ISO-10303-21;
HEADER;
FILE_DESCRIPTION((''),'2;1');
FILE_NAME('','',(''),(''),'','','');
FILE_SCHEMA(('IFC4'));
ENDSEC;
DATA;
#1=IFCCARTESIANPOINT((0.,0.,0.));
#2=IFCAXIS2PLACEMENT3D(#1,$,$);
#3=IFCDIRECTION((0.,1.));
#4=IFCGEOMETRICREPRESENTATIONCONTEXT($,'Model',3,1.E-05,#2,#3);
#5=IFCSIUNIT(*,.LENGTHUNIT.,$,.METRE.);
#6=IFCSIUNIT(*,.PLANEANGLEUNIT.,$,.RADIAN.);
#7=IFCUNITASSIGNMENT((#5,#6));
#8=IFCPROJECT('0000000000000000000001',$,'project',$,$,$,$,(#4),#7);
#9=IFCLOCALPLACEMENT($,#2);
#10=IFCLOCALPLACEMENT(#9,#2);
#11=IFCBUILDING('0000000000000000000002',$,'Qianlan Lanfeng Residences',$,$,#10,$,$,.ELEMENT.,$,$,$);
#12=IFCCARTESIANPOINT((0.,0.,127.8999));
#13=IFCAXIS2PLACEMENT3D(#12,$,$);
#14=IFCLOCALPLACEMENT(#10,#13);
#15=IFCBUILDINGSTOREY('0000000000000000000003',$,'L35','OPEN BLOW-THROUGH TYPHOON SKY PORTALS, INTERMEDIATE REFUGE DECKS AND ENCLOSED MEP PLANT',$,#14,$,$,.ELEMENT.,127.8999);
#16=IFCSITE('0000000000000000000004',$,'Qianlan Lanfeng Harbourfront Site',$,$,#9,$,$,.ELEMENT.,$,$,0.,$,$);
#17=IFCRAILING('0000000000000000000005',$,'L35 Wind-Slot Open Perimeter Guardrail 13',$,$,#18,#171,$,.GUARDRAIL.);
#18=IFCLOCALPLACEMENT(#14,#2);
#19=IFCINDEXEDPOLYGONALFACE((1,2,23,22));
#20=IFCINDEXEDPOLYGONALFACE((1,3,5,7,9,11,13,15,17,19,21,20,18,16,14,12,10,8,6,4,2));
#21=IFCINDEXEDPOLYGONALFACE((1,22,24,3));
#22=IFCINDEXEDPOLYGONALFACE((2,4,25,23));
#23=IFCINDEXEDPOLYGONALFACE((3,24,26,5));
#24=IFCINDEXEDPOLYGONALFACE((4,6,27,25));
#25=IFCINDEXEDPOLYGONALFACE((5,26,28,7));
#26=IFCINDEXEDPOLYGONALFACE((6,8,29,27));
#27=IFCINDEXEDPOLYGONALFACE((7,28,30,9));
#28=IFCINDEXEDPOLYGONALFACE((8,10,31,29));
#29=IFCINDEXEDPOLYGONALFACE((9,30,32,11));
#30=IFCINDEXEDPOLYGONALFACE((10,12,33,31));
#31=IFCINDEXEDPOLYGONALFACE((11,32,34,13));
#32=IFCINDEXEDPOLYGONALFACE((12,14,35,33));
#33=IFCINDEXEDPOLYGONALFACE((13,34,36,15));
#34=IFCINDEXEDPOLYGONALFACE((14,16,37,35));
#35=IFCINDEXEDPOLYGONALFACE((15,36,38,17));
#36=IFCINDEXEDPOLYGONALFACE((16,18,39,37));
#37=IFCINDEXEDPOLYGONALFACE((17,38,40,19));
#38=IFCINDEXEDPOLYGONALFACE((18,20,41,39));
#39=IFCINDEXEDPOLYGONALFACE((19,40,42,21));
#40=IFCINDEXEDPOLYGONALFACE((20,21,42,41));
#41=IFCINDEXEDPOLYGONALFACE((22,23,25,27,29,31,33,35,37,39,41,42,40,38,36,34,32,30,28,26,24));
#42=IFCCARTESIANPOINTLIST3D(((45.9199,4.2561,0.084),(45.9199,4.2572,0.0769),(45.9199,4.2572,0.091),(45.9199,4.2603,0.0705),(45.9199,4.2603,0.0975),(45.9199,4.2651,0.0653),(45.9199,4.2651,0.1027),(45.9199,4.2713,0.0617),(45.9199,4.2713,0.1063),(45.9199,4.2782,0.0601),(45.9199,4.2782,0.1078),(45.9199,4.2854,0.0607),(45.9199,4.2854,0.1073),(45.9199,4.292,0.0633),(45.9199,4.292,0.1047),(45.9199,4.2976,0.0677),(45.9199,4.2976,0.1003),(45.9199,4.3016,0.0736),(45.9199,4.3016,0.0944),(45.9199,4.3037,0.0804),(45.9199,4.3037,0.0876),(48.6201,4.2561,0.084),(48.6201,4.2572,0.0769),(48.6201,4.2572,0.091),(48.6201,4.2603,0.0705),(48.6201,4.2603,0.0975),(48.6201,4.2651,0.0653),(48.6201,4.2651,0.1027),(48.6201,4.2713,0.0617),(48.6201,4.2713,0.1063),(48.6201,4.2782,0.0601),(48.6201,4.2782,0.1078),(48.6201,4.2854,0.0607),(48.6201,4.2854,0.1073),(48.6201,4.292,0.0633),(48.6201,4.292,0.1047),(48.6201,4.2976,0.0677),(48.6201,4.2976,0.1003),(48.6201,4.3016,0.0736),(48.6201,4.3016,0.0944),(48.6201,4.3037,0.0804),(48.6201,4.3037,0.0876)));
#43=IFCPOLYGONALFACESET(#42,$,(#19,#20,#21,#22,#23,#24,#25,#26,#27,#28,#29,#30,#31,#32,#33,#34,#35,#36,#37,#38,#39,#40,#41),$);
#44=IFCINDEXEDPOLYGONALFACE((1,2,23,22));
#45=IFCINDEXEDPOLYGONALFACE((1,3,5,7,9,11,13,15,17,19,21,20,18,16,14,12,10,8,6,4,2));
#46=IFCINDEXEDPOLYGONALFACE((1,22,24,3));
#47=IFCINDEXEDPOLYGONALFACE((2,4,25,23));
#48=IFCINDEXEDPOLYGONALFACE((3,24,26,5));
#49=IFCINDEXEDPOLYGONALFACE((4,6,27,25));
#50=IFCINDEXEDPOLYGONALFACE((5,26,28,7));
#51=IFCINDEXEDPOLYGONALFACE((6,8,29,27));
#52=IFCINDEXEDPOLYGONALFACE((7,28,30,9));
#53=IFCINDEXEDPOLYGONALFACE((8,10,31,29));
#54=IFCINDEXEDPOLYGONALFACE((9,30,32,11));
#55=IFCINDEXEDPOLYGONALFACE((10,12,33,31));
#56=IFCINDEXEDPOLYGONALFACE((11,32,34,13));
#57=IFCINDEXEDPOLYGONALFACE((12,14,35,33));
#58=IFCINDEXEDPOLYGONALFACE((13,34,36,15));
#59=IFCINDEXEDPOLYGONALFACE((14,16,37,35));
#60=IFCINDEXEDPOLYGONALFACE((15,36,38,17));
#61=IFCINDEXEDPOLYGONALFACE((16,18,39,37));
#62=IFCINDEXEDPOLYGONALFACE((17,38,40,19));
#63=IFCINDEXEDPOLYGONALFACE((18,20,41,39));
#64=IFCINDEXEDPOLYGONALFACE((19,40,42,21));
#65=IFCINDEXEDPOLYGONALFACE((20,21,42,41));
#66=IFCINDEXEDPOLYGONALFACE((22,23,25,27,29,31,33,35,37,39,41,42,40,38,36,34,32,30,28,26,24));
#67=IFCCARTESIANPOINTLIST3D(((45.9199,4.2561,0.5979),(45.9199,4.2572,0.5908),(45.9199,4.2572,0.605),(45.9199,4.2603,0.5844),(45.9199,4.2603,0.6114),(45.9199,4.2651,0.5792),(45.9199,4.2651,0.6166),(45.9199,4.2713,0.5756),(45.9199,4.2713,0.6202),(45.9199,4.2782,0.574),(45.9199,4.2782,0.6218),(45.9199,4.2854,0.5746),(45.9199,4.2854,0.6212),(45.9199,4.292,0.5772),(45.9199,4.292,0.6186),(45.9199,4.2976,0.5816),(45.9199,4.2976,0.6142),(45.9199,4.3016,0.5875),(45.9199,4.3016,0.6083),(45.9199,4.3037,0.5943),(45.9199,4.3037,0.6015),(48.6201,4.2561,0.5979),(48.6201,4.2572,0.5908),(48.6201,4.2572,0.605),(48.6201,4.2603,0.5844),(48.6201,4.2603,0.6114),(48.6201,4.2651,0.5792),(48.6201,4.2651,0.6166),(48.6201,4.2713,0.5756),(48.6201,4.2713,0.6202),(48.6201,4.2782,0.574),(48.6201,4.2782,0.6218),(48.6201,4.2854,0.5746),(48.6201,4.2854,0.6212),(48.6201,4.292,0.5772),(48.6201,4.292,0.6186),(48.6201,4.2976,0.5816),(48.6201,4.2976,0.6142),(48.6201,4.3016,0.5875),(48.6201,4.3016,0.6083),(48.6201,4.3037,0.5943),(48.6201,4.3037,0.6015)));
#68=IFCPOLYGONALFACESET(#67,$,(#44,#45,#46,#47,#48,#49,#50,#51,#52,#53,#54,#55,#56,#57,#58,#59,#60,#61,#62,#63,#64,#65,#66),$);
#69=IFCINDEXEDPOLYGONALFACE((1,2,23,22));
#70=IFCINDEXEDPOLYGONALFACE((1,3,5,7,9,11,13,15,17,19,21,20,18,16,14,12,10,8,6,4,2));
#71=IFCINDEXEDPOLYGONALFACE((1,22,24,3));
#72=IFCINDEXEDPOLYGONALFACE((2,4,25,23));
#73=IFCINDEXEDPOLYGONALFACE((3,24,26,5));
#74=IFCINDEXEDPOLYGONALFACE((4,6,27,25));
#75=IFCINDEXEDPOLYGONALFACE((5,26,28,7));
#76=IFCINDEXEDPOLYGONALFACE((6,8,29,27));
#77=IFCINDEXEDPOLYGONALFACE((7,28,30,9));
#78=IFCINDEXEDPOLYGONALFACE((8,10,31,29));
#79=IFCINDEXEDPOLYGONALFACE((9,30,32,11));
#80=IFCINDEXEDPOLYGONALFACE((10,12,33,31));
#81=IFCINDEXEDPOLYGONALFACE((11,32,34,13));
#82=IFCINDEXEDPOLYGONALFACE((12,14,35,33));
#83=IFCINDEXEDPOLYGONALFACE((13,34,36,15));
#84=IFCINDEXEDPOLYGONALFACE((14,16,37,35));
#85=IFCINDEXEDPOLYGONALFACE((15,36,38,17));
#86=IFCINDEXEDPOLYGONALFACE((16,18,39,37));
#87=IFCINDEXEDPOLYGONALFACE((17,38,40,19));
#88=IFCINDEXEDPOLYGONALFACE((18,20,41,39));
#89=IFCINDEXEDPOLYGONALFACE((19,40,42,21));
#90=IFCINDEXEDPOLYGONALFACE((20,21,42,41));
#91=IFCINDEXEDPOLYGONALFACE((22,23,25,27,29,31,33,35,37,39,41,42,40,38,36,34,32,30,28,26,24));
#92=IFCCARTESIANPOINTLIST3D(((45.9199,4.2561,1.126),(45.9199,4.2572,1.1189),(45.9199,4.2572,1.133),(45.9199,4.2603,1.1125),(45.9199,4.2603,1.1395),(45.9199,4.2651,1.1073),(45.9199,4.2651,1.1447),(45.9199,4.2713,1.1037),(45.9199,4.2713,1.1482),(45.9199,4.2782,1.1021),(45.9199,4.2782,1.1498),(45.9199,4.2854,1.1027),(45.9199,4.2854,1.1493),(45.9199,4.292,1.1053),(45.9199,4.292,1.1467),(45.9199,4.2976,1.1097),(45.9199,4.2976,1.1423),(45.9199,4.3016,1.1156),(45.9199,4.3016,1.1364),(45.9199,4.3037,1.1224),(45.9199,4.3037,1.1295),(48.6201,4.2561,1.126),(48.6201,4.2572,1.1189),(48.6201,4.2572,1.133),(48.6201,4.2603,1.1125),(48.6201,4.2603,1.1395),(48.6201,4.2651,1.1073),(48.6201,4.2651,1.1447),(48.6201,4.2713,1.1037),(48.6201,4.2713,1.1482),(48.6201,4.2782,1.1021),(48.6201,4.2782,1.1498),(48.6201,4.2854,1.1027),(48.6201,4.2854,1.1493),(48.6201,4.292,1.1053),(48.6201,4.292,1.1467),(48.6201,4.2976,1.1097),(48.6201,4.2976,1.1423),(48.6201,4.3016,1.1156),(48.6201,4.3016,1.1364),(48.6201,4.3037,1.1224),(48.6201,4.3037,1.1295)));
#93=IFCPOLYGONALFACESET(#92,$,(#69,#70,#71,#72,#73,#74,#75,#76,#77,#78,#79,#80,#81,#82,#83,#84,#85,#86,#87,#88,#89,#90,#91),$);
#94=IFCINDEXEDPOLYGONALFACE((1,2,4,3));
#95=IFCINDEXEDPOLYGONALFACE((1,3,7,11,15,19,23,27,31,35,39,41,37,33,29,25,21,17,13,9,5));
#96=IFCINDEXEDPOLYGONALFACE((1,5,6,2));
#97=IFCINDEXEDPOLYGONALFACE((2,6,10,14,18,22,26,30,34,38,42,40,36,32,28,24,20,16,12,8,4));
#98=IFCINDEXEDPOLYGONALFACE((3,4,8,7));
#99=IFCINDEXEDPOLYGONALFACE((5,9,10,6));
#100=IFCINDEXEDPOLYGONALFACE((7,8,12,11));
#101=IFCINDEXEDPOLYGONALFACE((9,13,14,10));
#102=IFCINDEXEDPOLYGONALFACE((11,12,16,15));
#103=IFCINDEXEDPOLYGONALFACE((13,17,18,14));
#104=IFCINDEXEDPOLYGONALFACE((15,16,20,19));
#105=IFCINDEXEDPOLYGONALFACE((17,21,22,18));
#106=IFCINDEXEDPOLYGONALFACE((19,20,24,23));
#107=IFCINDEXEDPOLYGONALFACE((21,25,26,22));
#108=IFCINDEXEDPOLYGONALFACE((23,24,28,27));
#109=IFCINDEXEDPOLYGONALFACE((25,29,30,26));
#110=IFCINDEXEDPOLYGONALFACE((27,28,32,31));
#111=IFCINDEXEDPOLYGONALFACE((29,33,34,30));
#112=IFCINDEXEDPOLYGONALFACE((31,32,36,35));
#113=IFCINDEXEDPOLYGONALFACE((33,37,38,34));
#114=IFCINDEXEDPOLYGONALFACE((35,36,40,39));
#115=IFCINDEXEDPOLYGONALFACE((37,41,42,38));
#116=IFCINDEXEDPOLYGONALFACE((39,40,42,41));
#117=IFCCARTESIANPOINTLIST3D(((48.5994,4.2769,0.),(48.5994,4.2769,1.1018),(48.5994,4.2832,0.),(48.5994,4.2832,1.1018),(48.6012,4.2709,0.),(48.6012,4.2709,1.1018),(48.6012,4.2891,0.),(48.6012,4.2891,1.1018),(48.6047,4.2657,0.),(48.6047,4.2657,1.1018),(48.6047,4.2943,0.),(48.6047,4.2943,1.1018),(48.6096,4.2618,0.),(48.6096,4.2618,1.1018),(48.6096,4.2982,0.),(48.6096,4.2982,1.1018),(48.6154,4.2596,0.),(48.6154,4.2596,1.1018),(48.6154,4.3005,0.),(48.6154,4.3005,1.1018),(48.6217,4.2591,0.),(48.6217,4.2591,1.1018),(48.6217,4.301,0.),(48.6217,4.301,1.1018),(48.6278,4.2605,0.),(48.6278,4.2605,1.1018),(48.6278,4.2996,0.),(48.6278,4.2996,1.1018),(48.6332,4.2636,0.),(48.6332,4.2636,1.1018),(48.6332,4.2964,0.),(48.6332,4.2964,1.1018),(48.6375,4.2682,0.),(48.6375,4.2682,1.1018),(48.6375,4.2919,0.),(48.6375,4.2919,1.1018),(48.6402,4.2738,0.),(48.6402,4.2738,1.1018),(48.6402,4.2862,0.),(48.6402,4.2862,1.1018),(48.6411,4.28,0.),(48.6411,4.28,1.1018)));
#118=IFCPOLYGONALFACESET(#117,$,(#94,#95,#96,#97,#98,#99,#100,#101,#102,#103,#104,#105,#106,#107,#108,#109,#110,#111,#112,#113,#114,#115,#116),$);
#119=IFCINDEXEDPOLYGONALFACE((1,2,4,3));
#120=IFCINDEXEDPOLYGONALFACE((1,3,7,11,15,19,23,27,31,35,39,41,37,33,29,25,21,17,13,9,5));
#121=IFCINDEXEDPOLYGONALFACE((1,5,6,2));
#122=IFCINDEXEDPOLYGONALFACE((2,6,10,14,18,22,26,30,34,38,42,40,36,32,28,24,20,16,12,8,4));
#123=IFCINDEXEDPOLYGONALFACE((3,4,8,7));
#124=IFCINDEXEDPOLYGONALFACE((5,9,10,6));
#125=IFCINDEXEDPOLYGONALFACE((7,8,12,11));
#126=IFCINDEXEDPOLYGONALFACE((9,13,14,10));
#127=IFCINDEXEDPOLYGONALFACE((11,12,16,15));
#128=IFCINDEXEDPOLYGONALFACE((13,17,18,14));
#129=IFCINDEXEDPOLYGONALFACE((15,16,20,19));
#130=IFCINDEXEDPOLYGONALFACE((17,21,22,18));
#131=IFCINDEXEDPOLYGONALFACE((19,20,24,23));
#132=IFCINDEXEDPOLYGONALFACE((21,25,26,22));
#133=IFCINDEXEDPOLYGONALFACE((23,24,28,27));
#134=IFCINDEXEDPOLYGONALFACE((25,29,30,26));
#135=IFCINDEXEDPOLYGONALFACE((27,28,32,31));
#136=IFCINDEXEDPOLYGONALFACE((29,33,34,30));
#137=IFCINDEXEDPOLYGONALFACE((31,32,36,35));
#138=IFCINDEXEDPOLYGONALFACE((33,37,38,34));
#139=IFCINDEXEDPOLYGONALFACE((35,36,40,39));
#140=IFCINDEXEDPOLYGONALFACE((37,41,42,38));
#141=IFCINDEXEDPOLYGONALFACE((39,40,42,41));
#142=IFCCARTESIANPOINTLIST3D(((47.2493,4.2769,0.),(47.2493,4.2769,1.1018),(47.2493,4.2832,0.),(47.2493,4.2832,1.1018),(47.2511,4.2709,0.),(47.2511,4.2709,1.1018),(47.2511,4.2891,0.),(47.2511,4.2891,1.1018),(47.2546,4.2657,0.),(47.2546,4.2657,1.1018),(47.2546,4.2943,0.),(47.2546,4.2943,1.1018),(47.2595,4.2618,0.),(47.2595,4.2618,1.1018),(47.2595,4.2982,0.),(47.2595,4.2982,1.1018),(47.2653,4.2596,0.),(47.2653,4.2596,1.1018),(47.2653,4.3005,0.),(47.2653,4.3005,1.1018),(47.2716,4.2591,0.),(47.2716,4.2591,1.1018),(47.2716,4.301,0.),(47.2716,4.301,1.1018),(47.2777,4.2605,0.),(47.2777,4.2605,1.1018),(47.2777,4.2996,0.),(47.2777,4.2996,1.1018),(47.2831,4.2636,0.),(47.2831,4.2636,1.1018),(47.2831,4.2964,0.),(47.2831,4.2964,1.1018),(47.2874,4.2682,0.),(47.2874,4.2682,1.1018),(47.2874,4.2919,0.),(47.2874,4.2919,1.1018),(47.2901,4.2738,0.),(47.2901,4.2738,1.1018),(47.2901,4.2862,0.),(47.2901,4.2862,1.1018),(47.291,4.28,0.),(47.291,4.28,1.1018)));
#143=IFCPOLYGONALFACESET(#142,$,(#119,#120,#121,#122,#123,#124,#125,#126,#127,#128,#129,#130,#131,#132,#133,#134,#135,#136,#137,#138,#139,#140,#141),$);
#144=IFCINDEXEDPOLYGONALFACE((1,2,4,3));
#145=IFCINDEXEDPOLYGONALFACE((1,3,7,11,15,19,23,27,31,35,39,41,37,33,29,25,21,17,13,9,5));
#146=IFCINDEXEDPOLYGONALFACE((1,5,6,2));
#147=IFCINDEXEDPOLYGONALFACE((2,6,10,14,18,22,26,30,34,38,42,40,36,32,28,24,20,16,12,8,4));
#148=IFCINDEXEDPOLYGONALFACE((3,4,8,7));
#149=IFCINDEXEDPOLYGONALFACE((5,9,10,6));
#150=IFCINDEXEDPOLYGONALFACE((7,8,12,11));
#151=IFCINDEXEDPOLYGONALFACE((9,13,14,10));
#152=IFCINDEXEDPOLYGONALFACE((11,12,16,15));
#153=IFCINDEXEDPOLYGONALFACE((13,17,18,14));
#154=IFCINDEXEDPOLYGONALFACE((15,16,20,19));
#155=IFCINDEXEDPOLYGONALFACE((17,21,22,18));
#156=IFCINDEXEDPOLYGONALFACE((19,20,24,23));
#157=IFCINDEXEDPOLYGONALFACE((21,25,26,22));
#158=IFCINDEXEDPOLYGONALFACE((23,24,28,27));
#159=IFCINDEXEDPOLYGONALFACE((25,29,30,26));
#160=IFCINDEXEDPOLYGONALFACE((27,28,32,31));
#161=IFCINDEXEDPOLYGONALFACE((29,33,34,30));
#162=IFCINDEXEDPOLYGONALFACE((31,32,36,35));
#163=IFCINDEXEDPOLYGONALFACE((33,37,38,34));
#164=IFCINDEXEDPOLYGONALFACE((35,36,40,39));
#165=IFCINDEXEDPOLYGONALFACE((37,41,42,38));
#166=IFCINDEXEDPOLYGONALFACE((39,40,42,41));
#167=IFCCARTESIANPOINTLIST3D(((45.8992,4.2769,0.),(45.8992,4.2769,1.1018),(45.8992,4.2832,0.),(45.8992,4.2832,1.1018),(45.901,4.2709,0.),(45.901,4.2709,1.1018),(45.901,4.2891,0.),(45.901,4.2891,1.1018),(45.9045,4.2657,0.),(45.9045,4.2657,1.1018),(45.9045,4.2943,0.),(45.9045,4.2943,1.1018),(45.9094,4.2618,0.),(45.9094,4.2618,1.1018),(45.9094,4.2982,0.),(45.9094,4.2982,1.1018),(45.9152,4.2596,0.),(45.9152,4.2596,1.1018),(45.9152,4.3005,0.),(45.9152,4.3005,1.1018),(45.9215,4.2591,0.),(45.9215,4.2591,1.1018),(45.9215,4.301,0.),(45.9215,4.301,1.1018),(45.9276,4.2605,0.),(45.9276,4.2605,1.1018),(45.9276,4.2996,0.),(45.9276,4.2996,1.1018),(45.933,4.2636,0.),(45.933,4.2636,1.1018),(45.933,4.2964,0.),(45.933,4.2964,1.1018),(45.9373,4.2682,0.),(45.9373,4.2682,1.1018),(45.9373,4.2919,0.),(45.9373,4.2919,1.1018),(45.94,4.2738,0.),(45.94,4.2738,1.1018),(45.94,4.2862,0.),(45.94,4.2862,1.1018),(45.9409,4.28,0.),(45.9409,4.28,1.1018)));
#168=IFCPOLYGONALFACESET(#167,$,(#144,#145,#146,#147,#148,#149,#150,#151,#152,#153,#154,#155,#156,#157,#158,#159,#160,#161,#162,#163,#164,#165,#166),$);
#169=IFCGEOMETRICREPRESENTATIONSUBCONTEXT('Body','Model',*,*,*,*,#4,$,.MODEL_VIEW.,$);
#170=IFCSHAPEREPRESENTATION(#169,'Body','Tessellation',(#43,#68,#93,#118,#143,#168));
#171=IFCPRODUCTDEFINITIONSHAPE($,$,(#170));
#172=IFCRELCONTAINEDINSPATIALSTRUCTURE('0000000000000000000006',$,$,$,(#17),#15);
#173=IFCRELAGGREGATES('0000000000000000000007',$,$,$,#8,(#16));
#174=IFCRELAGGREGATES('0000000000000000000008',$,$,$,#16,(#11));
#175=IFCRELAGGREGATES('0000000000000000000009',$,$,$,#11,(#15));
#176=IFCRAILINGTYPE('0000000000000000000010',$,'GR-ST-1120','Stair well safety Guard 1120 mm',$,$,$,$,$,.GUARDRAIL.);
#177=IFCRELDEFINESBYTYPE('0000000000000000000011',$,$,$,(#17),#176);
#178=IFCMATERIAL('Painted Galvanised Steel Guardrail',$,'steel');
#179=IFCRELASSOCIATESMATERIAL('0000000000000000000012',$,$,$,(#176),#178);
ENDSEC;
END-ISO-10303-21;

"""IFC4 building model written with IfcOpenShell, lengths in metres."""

from ifc_helpers import new_model, si_unit, direction, frame, origin, origin_2d, place, context, subcontext, project, spatial, circle, extrude, material, type_object, element, save


model = new_model("IFC4")

# Units and contexts
model_context = context("Model", 3, precision=1e-05, world=origin(), true_north=direction((0.0, 1.0)))
body_context = subcontext(model_context, "Body", "Model", "MODEL_VIEW")
ifc_project = project(units=[si_unit("LENGTHUNIT", "METRE"), si_unit("PLANEANGLEUNIT", "RADIAN")], contexts=[model_context])

# Site, building, storey
site_placement = place(None, origin())
site = spatial("IfcSite", under=ifc_project, at=site_placement, Name="Qianlan Lanfeng Harbourfront Site", CompositionType="ELEMENT", RefElevation=0.0)
building_placement = place(site_placement, origin())
building = spatial("IfcBuilding", under=site, at=building_placement, Name="Qianlan Lanfeng Residences", CompositionType="ELEMENT")
storey_placement = place(building_placement, frame((0.0, 0.0, 127.8999)))
storey = spatial("IfcBuildingStorey", under=building, at=storey_placement, Name="L35", Description="OPEN BLOW-THROUGH TYPHOON SKY PORTALS, INTERMEDIATE REFUGE DECKS AND ENCLOSED MEP PLANT", CompositionType="ELEMENT", Elevation=127.8999)

# Railing
ifc_material_1 = material(Name="Painted Galvanised Steel Guardrail", Category="steel")
railing_type = type_object("IfcRailingType", Name="GR-ST-1120", Description="Stair well safety Guard 1120 mm", PredefinedType="GUARDRAIL", material=ifc_material_1)
railing_1_placement = place(storey_placement, frame((48.6201, 4.28, 0.0)))
element("IfcRailing", 1, at=railing_1_placement, inside=storey, type_object=railing_type, Name="L35 Wind-Slot Open Perimeter Guardrail 13", PredefinedType="GUARDRAIL", context=body_context, shape_type="SweptSolid", body=[
    extrude(circle(Radius=0.0239, at=origin_2d()), frame((0.0, 0.0, 0.084), z_axis=(-1.0, 0.0, 0.0), x_axis=(0.0, -1.0, 0.0)), (0.0, 0.0, 1.0), 2.7002),
    extrude(circle(Radius=0.0239, at=origin_2d()), frame((0.0, 0.0, 0.5979), z_axis=(-1.0, 0.0, 0.0), x_axis=(0.0, -1.0, 0.0)), (0.0, 0.0, 1.0), 2.7002),
    extrude(circle(Radius=0.0239, at=origin_2d()), frame((0.0, 0.0, 1.126), z_axis=(-1.0, 0.0, 0.0), x_axis=(0.0, -1.0, 0.0)), (0.0, 0.0, 1.0), 2.7002),
    extrude(circle(Radius=0.021, at=origin_2d()), origin(), (0.0, 0.0, 1.0), 1.1018),
    extrude(circle(Radius=0.021, at=origin_2d()), frame((-1.3501, 0.0, 0.0)), (0.0, 0.0, 1.0), 1.1018),
    extrude(circle(Radius=0.021, at=origin_2d()), frame((-2.7002, 0.0, 0.0)), (0.0, 0.0, 1.0), 1.1018),
])

save(model, "model.ifc")
